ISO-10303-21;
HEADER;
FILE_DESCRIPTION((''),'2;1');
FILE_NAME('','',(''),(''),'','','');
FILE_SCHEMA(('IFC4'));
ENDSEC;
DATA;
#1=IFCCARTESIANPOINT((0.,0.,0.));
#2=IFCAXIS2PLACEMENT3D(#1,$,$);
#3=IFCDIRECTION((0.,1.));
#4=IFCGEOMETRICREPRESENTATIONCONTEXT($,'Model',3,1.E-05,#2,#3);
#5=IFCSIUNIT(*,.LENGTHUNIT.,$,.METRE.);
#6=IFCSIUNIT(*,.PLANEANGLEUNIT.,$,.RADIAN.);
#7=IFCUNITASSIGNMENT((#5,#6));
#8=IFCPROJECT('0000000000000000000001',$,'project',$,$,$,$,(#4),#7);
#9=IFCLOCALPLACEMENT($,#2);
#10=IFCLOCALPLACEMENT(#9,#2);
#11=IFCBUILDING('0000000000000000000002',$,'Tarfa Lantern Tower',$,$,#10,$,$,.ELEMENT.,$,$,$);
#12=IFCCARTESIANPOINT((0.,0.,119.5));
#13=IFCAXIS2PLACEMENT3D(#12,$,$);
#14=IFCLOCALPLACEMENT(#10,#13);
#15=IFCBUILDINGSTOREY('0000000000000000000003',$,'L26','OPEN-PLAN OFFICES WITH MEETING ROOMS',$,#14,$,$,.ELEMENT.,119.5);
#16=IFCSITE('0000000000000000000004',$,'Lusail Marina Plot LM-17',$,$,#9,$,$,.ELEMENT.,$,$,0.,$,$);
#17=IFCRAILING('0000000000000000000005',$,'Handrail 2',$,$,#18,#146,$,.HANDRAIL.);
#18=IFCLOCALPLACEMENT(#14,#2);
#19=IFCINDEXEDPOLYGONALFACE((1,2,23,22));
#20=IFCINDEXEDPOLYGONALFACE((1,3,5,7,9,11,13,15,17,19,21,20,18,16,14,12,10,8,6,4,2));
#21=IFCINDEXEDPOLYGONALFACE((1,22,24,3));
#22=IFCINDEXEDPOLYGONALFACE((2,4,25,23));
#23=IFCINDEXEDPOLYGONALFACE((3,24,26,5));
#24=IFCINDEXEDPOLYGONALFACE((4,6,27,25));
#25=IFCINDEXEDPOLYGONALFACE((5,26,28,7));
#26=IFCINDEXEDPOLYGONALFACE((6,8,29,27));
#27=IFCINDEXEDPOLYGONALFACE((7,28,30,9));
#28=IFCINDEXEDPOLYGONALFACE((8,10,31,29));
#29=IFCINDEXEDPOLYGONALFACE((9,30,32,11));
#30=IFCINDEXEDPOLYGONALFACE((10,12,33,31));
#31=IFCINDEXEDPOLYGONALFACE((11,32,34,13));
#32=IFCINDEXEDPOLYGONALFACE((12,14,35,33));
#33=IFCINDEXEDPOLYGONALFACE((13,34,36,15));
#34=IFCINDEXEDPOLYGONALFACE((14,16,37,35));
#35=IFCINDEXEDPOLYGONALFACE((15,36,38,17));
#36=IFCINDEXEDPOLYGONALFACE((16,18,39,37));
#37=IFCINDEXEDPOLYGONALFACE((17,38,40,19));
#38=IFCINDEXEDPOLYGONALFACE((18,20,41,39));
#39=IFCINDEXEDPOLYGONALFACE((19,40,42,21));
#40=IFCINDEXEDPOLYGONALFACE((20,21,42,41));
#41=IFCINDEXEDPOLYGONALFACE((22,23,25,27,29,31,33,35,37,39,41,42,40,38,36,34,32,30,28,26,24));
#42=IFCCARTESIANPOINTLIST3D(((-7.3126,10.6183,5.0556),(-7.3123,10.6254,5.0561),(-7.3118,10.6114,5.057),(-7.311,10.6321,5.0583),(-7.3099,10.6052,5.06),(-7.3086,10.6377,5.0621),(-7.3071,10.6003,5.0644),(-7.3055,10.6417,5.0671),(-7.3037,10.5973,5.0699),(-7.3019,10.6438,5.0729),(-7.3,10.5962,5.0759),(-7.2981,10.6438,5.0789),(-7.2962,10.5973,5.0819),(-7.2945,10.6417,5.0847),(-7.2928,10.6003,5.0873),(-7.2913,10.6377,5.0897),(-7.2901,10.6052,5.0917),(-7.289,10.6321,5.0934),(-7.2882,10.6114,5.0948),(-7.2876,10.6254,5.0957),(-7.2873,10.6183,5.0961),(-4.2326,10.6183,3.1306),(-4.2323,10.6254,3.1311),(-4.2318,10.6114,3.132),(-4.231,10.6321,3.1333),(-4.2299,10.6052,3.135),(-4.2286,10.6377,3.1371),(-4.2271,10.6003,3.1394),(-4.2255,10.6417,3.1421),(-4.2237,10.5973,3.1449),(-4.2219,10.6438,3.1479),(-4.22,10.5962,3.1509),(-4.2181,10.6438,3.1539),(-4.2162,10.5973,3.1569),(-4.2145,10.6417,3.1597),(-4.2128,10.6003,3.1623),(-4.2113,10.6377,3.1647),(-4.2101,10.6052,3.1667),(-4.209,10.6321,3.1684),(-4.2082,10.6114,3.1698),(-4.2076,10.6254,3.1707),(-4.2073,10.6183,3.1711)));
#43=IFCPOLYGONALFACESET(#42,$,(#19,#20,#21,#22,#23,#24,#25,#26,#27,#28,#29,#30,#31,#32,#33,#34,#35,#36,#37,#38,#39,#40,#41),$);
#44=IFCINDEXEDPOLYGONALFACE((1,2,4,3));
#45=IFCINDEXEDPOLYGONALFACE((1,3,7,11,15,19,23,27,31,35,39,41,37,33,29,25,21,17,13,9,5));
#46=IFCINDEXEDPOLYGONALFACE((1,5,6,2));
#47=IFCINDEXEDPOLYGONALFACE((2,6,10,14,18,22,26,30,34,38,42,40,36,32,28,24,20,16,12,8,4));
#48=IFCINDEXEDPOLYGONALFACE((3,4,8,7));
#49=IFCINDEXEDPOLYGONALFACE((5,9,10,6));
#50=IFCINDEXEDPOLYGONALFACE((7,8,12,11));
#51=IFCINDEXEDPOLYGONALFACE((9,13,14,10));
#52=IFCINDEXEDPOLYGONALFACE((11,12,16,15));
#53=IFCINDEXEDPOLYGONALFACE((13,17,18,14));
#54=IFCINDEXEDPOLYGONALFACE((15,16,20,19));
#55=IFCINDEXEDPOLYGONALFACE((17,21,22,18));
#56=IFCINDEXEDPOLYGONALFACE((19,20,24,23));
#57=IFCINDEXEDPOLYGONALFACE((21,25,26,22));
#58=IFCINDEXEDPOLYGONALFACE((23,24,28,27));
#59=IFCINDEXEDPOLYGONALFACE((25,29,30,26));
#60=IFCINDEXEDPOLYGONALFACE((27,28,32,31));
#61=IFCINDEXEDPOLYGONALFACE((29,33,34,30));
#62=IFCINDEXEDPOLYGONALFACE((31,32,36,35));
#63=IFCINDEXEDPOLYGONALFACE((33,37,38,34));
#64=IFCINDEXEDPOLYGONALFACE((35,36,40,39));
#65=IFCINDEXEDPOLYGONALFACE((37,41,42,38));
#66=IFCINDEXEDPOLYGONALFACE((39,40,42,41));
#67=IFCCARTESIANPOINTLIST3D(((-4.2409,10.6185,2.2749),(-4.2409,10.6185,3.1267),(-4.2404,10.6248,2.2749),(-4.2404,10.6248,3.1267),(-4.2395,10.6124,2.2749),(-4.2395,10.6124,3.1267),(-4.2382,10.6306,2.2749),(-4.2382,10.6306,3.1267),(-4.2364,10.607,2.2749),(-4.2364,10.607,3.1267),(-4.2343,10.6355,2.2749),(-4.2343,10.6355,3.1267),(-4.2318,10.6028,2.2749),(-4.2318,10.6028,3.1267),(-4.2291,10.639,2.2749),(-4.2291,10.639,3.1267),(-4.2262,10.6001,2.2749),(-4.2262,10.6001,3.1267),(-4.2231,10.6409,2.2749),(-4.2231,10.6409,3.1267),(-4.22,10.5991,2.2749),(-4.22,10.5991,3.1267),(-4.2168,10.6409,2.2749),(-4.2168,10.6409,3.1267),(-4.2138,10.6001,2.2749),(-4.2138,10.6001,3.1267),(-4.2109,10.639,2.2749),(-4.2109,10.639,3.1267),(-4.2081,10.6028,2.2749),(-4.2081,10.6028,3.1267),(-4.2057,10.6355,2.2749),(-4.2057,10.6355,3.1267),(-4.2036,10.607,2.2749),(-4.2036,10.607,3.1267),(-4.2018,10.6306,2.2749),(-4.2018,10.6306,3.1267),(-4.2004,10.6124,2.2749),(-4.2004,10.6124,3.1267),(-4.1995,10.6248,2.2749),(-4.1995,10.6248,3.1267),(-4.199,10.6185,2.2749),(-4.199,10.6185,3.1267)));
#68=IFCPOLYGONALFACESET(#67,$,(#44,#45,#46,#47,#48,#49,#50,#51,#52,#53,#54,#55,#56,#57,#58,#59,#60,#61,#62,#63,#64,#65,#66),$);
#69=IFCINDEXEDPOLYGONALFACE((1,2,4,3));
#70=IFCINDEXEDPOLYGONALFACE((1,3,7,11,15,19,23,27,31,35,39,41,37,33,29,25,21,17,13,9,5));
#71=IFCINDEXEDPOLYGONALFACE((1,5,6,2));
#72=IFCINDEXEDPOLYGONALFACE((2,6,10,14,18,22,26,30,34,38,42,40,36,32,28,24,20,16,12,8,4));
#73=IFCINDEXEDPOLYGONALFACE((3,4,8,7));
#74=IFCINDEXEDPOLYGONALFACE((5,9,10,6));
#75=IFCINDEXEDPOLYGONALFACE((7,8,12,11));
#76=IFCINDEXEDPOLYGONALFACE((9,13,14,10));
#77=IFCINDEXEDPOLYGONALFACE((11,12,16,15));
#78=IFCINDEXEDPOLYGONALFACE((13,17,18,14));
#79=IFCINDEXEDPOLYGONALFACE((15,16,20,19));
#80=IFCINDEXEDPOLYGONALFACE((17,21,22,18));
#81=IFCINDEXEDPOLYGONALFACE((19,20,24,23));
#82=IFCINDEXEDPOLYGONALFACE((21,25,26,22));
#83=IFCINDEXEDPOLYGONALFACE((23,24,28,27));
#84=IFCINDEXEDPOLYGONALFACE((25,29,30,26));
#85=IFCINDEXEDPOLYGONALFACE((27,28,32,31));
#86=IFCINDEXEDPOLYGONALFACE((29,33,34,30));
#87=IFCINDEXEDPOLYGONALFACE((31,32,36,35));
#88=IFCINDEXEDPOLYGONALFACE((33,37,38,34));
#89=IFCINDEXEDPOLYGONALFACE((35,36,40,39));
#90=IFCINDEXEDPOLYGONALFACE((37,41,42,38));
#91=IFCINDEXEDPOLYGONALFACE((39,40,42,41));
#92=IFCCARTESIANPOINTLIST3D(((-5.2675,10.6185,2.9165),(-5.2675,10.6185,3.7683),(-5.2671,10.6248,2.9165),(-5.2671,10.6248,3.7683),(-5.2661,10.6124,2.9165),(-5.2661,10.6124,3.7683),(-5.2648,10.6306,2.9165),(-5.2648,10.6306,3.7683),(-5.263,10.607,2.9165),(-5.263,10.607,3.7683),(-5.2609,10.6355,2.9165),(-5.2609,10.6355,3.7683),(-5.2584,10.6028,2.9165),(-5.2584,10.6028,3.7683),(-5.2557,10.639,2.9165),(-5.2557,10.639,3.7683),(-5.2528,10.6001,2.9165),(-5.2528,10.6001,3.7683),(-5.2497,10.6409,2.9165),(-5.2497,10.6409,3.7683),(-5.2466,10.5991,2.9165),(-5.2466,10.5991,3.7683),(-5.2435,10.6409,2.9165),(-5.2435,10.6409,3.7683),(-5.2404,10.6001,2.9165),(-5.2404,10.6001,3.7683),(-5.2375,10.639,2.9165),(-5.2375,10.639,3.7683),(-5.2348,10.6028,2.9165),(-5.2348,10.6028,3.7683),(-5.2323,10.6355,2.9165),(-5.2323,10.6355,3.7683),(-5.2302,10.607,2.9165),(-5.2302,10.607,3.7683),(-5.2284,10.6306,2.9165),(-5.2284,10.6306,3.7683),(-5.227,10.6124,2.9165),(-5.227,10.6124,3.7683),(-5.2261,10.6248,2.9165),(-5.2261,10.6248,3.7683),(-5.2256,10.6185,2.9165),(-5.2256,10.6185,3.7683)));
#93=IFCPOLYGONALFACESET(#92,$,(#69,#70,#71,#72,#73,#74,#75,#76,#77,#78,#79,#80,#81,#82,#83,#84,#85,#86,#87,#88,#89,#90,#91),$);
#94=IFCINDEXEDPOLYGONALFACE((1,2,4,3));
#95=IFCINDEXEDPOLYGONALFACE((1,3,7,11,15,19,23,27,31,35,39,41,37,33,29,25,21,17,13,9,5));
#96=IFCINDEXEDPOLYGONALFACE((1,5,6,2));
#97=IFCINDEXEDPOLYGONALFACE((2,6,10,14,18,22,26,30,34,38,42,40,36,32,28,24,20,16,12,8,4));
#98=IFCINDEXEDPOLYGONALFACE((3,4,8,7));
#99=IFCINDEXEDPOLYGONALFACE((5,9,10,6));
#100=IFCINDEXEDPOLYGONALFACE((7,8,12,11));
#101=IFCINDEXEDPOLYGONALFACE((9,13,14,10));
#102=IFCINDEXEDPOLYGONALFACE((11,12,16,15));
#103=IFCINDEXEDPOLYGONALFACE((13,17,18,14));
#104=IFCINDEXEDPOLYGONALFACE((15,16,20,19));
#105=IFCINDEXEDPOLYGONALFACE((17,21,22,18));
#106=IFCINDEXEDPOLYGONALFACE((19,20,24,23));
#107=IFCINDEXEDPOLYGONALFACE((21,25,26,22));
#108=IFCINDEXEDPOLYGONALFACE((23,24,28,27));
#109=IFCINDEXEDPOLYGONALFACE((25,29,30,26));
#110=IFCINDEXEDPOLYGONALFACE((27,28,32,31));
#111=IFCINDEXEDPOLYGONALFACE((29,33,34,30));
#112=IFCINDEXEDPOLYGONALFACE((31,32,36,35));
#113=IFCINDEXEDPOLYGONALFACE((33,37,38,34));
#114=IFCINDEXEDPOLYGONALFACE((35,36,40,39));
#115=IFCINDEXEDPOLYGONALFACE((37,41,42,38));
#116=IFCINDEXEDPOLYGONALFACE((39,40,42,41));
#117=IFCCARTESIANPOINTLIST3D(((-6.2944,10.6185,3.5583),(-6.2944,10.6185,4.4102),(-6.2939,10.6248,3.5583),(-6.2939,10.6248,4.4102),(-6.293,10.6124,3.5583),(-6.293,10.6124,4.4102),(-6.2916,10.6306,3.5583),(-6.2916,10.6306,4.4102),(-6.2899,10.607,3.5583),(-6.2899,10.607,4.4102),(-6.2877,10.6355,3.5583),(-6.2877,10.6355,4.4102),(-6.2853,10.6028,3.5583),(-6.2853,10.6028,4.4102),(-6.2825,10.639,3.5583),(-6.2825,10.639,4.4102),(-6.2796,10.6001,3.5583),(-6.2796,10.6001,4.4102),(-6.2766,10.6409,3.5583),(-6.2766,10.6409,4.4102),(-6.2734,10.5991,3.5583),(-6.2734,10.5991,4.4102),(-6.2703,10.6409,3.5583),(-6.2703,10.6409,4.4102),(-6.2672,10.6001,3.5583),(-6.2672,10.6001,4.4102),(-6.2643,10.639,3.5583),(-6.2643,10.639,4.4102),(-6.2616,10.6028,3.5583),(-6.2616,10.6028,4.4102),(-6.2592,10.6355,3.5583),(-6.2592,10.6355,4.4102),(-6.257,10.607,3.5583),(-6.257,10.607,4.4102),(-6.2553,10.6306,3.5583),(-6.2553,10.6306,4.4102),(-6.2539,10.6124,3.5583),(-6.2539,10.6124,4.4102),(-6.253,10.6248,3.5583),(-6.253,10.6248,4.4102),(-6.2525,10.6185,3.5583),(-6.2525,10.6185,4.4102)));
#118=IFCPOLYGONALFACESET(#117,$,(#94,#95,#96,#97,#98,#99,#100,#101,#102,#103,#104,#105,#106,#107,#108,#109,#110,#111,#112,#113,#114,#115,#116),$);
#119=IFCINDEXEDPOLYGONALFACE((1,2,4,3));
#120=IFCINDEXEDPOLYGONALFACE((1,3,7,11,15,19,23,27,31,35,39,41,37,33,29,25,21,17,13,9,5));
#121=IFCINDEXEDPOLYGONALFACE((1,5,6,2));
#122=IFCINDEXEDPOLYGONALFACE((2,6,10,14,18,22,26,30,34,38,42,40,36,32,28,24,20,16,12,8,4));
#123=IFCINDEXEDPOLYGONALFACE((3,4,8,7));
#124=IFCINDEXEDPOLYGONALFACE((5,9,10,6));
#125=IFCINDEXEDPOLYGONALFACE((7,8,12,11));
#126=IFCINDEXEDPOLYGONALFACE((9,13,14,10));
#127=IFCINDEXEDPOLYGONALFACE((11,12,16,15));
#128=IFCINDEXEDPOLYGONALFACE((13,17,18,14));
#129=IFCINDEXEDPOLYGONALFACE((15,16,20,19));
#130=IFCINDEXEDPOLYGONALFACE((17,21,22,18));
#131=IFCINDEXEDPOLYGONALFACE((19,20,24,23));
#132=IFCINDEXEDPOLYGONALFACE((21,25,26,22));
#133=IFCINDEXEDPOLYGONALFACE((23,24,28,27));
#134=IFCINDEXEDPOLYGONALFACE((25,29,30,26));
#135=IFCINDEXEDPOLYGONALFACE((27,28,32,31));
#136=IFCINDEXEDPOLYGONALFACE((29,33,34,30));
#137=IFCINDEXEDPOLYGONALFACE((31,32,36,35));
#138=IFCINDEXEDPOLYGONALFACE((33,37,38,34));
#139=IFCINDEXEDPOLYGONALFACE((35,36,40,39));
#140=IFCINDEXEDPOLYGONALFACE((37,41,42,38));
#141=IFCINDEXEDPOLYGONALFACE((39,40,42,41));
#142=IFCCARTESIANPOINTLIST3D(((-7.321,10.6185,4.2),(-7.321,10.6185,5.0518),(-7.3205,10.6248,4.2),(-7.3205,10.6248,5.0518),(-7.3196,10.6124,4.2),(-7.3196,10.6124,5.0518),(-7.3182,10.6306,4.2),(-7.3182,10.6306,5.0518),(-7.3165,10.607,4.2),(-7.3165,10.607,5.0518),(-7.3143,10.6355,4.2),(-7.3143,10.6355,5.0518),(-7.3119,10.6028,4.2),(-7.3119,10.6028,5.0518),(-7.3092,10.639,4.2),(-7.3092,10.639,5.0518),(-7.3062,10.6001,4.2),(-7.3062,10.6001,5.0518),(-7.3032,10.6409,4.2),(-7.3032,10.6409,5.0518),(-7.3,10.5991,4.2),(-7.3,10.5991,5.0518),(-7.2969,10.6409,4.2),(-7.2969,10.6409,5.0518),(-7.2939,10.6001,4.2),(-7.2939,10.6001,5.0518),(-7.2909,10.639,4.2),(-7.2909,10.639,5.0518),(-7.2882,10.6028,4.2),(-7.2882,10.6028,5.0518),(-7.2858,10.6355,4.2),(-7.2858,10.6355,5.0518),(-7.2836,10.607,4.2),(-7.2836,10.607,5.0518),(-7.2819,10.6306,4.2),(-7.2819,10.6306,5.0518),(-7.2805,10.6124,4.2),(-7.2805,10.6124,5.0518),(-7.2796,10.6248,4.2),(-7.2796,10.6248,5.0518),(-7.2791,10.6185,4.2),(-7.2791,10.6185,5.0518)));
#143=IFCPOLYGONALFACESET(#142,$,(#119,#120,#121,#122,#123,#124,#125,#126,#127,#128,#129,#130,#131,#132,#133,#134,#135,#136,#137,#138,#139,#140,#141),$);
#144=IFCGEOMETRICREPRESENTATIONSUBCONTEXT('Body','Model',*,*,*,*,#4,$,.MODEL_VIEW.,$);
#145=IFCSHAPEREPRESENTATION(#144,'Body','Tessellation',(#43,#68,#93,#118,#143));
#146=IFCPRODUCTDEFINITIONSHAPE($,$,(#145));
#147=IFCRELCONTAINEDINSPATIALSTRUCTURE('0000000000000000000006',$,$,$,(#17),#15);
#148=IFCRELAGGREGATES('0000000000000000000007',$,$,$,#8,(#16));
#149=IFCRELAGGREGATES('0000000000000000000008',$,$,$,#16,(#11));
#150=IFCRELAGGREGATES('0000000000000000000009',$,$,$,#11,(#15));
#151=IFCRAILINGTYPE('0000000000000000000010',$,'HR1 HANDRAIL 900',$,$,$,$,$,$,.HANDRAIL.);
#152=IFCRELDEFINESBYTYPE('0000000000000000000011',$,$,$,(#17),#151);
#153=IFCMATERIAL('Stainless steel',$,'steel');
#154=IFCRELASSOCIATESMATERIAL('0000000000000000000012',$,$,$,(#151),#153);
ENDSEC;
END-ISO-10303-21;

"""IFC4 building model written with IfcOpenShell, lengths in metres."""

from ifc_helpers import new_model, si_unit, direction, frame, origin, origin_2d, place, context, subcontext, project, spatial, circle, extrude, material, type_object, element, save


model = new_model("IFC4")

# Units and contexts
model_context = context("Model", 3, precision=1e-05, world=origin(), true_north=direction((0.0, 1.0)))
body_context = subcontext(model_context, "Body", "Model", "MODEL_VIEW")
ifc_project = project(units=[si_unit("LENGTHUNIT", "METRE"), si_unit("PLANEANGLEUNIT", "RADIAN")], contexts=[model_context])

# Site, building, storey
site_placement = place(None, origin())
site = spatial("IfcSite", under=ifc_project, at=site_placement, Name="Lusail Marina Plot LM-17", CompositionType="ELEMENT", RefElevation=0.0)
building_placement = place(site_placement, origin())
building = spatial("IfcBuilding", under=site, at=building_placement, Name="Tarfa Lantern Tower", CompositionType="ELEMENT")
storey_placement = place(building_placement, frame((0.0, 0.0, 119.5)))
storey = spatial("IfcBuildingStorey", under=building, at=storey_placement, Name="L26", Description="OPEN-PLAN OFFICES WITH MEETING ROOMS", CompositionType="ELEMENT", Elevation=119.5)

# Railing
ifc_material_1 = material(Name="Stainless steel", Category="steel")
railing_type = type_object("IfcRailingType", Name="HR1 HANDRAIL 900", PredefinedType="HANDRAIL", material=ifc_material_1)
railing_1_placement = place(storey_placement, frame((-4.22, 10.6201, 2.2749)))
element("IfcRailing", 1, at=railing_1_placement, inside=storey, type_object=railing_type, Name="Handrail 2", PredefinedType="HANDRAIL", context=body_context, shape_type="SweptSolid", body=[
    extrude(circle(Radius=0.0239, at=origin_2d()), frame((0.0, 0.0, 0.876), z_axis=(-0.847998, 0.0, 0.529999), x_axis=(0.0, -1.0, 0.0)), (0.0, 0.0, 1.0), 3.6321),
    extrude(circle(Radius=0.021, at=origin_2d()), frame((0.0, 0.0, 0.0), z_axis=(0.0, 0.0, 1.0), x_axis=(0.0, -1.0, 0.0)), (0.0, 0.0, 1.0), 0.8518),
    extrude(circle(Radius=0.021, at=origin_2d()), frame((-1.0266, 0.0, 0.6416), z_axis=(0.0, 0.0, 1.0), x_axis=(0.0, -1.0, 0.0)), (0.0, 0.0, 1.0), 0.8518),
    extrude(circle(Radius=0.021, at=origin_2d()), frame((-2.0535, 0.0, 1.2834), z_axis=(0.0, 0.0, 1.0), x_axis=(0.0, -1.0, 0.0)), (0.0, 0.0, 1.0), 0.8518),
    extrude(circle(Radius=0.021, at=origin_2d()), frame((-3.0801, 0.0, 1.925), z_axis=(0.0, 0.0, 1.0), x_axis=(0.0, -1.0, 0.0)), (0.0, 0.0, 1.0), 0.8518),
])

save(model, "model.ifc")
